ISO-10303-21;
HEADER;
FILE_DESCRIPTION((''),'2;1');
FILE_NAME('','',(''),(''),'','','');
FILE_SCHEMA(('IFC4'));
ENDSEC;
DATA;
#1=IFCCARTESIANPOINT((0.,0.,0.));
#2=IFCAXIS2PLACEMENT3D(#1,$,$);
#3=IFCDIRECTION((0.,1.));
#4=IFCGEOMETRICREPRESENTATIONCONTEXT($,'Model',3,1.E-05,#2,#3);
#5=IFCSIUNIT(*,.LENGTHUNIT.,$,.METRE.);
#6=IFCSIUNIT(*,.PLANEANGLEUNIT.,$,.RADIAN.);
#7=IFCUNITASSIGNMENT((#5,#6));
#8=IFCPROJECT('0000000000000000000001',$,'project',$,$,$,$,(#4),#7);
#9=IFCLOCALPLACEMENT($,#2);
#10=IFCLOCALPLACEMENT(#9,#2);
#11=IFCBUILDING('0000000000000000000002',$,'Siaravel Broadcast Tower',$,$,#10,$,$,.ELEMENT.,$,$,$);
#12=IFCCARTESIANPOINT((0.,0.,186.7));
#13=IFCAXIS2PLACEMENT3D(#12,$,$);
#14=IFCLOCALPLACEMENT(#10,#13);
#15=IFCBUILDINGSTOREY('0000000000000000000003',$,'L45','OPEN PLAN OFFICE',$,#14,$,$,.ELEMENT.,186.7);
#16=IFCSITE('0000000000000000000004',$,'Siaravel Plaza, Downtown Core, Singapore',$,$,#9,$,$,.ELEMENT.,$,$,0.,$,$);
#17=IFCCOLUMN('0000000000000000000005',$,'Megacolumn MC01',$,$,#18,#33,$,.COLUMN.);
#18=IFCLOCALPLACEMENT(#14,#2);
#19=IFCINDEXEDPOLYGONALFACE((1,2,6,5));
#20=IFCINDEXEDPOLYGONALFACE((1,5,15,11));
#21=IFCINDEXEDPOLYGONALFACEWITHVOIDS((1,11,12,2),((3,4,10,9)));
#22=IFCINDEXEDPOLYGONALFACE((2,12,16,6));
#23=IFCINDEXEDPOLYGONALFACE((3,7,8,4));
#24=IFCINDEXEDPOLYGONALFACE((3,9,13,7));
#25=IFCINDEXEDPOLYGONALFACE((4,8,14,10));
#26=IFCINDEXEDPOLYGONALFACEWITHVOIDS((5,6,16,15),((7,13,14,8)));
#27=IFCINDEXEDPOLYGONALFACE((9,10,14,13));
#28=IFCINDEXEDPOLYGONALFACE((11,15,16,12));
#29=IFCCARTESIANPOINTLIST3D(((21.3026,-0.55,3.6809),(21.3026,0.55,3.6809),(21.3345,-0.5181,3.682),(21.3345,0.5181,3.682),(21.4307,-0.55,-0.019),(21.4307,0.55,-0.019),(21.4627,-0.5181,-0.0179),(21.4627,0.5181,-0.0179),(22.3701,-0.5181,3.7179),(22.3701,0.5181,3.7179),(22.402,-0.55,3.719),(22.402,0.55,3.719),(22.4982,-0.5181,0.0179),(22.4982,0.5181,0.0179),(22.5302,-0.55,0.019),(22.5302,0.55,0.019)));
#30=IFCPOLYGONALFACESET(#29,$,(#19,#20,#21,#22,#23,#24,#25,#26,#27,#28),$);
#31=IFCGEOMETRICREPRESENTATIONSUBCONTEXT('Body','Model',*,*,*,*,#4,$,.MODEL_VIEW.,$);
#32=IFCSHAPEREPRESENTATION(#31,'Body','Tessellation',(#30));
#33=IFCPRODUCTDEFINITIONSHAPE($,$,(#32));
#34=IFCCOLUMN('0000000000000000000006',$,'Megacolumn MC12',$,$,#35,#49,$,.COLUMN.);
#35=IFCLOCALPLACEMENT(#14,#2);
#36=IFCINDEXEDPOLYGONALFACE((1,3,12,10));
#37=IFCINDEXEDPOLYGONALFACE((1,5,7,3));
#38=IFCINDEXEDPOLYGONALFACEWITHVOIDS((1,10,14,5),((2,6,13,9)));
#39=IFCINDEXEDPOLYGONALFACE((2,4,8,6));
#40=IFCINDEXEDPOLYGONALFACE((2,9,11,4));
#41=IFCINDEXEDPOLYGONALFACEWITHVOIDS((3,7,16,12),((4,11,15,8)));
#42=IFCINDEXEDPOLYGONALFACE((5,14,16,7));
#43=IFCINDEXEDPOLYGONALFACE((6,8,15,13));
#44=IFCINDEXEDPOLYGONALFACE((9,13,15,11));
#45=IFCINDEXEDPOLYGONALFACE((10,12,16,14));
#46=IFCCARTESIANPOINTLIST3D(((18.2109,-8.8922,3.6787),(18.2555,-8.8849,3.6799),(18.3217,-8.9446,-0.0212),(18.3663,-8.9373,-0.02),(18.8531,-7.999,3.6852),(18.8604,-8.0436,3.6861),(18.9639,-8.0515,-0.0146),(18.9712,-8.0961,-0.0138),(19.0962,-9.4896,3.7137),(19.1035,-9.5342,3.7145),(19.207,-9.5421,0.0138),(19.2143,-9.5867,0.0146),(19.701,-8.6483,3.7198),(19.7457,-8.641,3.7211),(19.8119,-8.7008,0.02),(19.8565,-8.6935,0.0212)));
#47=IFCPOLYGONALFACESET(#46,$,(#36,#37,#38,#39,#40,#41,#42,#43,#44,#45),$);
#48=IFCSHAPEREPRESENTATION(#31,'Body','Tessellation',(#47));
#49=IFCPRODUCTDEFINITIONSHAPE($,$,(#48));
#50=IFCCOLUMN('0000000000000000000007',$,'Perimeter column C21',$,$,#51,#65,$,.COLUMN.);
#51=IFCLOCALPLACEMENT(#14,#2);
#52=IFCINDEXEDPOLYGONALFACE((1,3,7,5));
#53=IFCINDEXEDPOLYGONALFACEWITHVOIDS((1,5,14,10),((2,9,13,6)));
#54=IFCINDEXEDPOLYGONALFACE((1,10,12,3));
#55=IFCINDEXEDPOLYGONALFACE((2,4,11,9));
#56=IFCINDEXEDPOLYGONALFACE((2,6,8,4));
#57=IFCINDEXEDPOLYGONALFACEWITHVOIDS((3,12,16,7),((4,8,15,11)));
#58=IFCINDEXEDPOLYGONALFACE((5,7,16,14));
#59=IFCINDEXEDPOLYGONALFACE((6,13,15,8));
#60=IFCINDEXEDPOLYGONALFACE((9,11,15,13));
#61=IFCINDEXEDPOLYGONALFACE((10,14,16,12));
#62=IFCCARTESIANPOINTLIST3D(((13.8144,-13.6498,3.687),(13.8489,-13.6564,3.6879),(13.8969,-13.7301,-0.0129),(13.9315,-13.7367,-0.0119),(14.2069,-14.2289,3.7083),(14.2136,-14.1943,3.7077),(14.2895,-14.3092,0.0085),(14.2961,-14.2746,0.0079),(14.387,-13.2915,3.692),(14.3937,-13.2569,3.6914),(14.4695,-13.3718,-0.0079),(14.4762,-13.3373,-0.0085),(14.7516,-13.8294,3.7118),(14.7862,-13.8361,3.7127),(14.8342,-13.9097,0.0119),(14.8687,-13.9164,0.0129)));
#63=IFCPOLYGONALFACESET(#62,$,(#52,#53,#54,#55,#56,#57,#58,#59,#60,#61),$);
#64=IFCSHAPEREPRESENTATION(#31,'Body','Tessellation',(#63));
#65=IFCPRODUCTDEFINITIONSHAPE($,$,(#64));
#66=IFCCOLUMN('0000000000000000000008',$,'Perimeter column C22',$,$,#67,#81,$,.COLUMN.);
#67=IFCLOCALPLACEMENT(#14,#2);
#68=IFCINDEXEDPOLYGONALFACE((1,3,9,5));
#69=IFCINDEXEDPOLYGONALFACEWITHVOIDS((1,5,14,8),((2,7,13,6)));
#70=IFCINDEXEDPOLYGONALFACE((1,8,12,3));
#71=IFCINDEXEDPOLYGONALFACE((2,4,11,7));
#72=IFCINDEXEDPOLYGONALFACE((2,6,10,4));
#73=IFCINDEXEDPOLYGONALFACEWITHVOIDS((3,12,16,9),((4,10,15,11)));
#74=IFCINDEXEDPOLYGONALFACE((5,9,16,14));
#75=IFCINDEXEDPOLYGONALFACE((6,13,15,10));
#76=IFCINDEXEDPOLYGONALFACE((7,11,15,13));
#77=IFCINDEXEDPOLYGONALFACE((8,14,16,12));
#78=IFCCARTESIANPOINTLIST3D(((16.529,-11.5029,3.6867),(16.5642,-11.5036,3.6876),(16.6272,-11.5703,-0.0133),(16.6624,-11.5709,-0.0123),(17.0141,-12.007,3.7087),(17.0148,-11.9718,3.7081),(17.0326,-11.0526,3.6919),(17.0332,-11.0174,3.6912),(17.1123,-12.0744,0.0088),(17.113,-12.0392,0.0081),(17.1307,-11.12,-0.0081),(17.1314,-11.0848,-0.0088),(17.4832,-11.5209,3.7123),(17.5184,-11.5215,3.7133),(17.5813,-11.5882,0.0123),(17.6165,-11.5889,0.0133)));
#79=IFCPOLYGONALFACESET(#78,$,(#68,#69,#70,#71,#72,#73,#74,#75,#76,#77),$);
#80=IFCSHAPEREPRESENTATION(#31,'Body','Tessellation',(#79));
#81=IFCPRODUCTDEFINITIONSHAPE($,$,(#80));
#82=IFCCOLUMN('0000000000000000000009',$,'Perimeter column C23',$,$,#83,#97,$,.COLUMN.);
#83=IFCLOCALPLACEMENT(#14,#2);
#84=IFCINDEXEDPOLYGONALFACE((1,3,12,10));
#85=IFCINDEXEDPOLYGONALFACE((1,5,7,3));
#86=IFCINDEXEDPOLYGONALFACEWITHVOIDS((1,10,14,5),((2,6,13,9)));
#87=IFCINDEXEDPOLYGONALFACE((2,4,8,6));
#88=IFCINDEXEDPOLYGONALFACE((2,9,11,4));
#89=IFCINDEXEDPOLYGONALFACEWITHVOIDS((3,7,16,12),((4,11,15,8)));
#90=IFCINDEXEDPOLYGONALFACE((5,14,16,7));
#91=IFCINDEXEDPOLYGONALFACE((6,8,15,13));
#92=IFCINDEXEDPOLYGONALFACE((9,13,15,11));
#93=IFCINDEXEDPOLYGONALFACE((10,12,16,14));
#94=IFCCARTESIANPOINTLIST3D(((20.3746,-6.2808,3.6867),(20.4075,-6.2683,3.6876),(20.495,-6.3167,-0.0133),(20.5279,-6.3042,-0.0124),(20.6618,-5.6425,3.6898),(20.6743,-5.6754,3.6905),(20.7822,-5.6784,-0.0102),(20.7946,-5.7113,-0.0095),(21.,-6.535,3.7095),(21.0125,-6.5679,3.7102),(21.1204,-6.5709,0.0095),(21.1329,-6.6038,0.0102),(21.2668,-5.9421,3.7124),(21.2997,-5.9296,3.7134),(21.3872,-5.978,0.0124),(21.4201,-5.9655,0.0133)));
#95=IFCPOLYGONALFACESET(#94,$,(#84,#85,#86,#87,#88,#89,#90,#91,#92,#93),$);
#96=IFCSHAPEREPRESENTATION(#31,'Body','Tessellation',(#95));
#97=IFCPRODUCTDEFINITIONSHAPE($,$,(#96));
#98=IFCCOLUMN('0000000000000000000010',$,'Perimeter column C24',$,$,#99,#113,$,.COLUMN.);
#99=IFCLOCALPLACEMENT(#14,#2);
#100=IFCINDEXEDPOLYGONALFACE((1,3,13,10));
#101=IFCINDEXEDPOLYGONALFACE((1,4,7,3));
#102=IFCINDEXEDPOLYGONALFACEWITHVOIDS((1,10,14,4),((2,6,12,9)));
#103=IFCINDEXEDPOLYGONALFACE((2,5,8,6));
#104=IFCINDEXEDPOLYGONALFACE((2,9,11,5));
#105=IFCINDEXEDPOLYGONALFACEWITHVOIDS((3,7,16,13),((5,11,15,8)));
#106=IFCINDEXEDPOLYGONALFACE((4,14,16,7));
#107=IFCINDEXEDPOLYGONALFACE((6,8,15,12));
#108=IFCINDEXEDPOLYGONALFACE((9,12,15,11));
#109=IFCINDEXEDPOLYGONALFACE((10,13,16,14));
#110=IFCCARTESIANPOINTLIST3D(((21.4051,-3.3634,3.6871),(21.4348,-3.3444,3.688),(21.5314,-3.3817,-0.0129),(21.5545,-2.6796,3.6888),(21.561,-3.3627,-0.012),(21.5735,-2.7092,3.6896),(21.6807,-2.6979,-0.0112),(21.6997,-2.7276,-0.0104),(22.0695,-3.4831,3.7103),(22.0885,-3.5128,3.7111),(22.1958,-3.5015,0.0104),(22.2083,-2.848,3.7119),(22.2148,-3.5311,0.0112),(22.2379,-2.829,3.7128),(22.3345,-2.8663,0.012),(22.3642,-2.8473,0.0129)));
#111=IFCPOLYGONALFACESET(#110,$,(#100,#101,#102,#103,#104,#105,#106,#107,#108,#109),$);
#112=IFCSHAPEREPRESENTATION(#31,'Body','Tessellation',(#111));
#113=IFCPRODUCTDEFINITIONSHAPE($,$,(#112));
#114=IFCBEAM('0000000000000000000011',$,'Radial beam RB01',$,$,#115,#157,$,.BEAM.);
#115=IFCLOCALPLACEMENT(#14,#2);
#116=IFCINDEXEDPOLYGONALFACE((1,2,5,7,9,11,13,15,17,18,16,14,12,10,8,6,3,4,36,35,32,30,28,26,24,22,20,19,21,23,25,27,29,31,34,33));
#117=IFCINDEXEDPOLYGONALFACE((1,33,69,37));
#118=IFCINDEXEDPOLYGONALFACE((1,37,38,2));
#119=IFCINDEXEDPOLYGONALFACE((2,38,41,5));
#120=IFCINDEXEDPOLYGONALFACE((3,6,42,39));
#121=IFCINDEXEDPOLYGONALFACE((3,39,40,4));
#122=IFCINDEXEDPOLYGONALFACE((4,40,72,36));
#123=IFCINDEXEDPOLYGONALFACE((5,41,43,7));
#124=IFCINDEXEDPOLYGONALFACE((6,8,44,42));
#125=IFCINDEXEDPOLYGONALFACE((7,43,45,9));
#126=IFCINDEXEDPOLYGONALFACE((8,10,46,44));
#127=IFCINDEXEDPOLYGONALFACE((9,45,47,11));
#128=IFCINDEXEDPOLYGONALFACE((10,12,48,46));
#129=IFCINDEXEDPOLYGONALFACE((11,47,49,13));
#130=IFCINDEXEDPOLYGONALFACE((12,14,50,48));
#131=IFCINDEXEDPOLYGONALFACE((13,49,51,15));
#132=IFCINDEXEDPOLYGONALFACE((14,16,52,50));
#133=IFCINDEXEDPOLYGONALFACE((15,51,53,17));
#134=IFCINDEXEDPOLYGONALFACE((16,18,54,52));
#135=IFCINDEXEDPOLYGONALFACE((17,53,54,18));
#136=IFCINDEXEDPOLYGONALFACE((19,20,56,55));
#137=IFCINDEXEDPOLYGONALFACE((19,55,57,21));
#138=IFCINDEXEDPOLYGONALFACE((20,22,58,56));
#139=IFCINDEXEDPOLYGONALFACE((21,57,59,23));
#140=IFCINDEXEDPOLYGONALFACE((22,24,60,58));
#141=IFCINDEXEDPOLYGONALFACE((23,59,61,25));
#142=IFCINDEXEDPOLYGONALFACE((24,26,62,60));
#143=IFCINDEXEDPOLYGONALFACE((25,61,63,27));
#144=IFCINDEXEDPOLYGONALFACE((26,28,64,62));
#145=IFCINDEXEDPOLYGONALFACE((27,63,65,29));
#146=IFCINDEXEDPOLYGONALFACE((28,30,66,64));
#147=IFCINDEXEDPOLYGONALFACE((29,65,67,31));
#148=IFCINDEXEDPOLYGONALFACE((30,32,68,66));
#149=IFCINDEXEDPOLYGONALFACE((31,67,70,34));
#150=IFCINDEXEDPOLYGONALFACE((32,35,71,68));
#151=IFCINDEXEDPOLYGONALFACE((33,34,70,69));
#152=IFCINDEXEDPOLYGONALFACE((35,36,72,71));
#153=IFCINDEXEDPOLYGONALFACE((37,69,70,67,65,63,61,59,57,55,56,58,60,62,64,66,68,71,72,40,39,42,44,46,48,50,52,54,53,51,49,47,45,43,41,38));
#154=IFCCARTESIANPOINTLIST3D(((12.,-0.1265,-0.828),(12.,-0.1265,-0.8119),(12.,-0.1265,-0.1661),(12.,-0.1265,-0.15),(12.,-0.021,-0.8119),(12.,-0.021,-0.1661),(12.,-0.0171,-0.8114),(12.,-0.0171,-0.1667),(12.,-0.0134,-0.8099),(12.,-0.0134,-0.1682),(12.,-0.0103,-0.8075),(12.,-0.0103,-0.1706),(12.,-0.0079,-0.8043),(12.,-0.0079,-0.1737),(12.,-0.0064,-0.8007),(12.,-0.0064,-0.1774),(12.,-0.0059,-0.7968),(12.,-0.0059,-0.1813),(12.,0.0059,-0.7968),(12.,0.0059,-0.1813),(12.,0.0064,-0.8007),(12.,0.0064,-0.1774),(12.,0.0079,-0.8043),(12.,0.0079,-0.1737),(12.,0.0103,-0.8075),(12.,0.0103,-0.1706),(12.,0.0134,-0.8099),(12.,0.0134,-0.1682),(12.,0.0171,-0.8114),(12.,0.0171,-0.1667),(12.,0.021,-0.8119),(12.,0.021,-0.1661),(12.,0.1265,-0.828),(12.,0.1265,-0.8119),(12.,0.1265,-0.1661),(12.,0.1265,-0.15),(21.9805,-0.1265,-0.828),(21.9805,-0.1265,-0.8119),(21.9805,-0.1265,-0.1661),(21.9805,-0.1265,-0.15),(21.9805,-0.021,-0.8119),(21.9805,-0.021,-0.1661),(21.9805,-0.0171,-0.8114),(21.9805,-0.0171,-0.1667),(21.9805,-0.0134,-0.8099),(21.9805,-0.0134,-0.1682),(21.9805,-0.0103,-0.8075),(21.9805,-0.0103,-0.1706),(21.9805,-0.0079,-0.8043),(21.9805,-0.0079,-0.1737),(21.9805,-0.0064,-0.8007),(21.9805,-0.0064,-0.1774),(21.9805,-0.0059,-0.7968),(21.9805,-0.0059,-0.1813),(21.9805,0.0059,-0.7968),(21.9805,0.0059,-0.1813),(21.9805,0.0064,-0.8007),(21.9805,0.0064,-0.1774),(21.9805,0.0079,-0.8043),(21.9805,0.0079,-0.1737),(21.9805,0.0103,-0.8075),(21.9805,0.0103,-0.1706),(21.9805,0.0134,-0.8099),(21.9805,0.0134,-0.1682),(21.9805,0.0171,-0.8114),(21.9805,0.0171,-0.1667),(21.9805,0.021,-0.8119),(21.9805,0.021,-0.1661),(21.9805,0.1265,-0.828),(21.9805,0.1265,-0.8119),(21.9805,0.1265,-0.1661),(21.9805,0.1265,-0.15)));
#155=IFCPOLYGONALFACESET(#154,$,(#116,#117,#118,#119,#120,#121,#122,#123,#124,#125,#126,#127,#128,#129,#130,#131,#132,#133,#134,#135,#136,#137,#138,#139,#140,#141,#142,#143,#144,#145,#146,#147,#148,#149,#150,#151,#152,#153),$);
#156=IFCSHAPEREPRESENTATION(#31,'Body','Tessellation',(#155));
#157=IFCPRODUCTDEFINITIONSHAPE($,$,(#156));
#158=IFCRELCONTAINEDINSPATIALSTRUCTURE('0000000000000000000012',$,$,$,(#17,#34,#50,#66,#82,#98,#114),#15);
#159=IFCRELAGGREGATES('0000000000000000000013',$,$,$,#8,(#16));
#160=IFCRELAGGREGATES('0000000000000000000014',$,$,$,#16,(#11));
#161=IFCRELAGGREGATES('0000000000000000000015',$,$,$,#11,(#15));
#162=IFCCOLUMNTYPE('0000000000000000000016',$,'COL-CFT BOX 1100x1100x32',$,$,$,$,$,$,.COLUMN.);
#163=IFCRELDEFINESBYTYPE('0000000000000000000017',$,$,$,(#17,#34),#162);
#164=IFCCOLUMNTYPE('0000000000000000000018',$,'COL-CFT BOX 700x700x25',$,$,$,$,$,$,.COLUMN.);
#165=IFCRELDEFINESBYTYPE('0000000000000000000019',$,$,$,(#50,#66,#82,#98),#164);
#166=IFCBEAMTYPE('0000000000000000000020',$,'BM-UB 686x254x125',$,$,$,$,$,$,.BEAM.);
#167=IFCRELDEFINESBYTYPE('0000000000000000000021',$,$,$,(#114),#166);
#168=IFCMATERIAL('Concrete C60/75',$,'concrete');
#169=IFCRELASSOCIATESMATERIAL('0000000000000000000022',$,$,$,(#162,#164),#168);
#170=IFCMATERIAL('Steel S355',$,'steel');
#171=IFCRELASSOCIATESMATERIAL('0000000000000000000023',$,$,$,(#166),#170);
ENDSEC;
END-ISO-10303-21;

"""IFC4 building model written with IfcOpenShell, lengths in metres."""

from ifc_helpers import new_model, si_unit, direction, frame, origin, origin_2d, place, context, subcontext, project, spatial, hollow_rectangle, i_section, extrude, material, material_profile, profile_set, type_object, element, save


model = new_model("IFC4")

# Units and contexts
model_context = context("Model", 3, precision=1e-05, world=origin(), true_north=direction((0.0, 1.0)))
body_context = subcontext(model_context, "Body", "Model", "MODEL_VIEW")
ifc_project = project(units=[si_unit("LENGTHUNIT", "METRE"), si_unit("PLANEANGLEUNIT", "RADIAN")], contexts=[model_context])

# Site, building, storey
site_placement = place(None, origin())
site = spatial("IfcSite", under=ifc_project, at=site_placement, Name="Siaravel Plaza, Downtown Core, Singapore", CompositionType="ELEMENT", RefElevation=0.0)
building_placement = place(site_placement, origin())
building = spatial("IfcBuilding", under=site, at=building_placement, Name="Siaravel Broadcast Tower", CompositionType="ELEMENT")
storey_placement = place(building_placement, frame((0.0, 0.0, 186.7)))
storey = spatial("IfcBuildingStorey", under=building, at=storey_placement, Name="L45", Description="OPEN PLAN OFFICE", CompositionType="ELEMENT", Elevation=186.7)

# Columns
ifc_material_1 = material(Name="Concrete C60/75", Category="concrete")
ifc_material_profile_1 = material_profile(ifc_material_1, hollow_rectangle(XDim=1.1001, YDim=1.1001, WallThickness=0.032, at=origin_2d()))
ifc_profile_set_1 = profile_set([ifc_material_profile_1], Name="Concrete C60/75")
column_type_1 = type_object("IfcColumnType", Name="COL-CFT BOX 1100x1100x32", PredefinedType="COLUMN", material=ifc_profile_set_1)
column_1_placement = place(storey_placement, frame((21.9805, 0.0, 0.0), z_axis=(-0.034621, 0.0, 0.999401), x_axis=(0.0, -1.0, 0.0)))
element("IfcColumn", 1, at=column_1_placement, inside=storey, type_object=column_type_1, Name="Megacolumn MC01", PredefinedType="COLUMN", context=body_context, shape_type="SweptSolid", body=[
    extrude(hollow_rectangle(XDim=1.1001, YDim=1.1001, WallThickness=0.032, at=origin_2d()), origin(), (0.0, 0.0, 1.0), 3.7021),
])
column_2_placement = place(storey_placement, frame((19.0891, -8.8191, 0.0), z_axis=(-0.029941, 0.014179, 0.999451), x_axis=(-0.583774, -0.811894, -0.00597)))
element("IfcColumn", 2, at=column_2_placement, inside=storey, type_object=column_type_1, Name="Megacolumn MC12", PredefinedType="COLUMN", context=body_context, shape_type="SweptSolid", body=[
    extrude(hollow_rectangle(XDim=1.1001, YDim=1.1001, WallThickness=0.032, at=origin_2d()), origin(), (0.0, 0.0, 1.0), 3.7019),
])
ifc_material_profile_2 = material_profile(ifc_material_1, hollow_rectangle(XDim=0.7, YDim=0.7, WallThickness=0.0249, at=origin_2d()))
ifc_profile_set_2 = profile_set([ifc_material_profile_2], Name="Concrete C60/75")
column_type_2 = type_object("IfcColumnType", Name="COL-CFT BOX 700x700x25", PredefinedType="COLUMN", material=ifc_profile_set_2)
column_3_placement = place(storey_placement, frame((14.3828, -13.8232, 0.0), z_axis=(-0.022292, 0.021698, 0.999516), x_axis=(-0.827618, -0.561257, -0.006274)))
element("IfcColumn", 3, at=column_3_placement, inside=storey, type_object=column_type_2, Name="Perimeter column C21", PredefinedType="COLUMN", context=body_context, shape_type="SweptSolid", body=[
    extrude(hollow_rectangle(XDim=0.7, YDim=0.7, WallThickness=0.0249, at=origin_2d()), origin(), (0.0, 0.0, 1.0), 3.7017),
])
column_4_placement = place(storey_placement, frame((17.1218, -11.5796, 0.0), z_axis=(-0.026512, 0.018202, 0.999483), x_axis=(-0.720371, -0.693559, -0.006478)))
element("IfcColumn", 4, at=column_4_placement, inside=storey, type_object=column_type_2, Name="Perimeter column C22", PredefinedType="COLUMN", context=body_context, shape_type="SweptSolid", body=[
    extrude(hollow_rectangle(XDim=0.7, YDim=0.7, WallThickness=0.0249, at=origin_2d()), origin(), (0.0, 0.0, 1.0), 3.7019),
])
for number, where, z_axis, x_axis, name in (
    (5, (20.9575, -6.1411, 0.0), (-0.032512, 0.009694, 0.999424), (-0.410315, -0.911933, -0.004502), "Perimeter column C23"),
    (6, (21.9478, -3.1145, 0.0), (-0.034094, 0.004946, 0.999406), (-0.213435, -0.976954, -0.002446), "Perimeter column C24"),
):
    element("IfcColumn", number, at=place(storey_placement, frame(where, z_axis=z_axis, x_axis=x_axis)), inside=storey, type_object=column_type_2, Name=name, PredefinedType="COLUMN", context=body_context, shape_type="SweptSolid", body=[
        extrude(hollow_rectangle(XDim=0.7, YDim=0.7, WallThickness=0.0249, at=origin_2d()), origin(), (0.0, 0.0, 1.0), 3.7021),
    ])

# Beam
ifc_material_2 = material(Name="Steel S355", Category="steel")
ifc_material_profile_3 = material_profile(ifc_material_2, i_section(OverallWidth=0.2529, OverallDepth=0.678, WebThickness=0.0117, FlangeThickness=0.0161, FilletRadius=0.0151, at=origin_2d()))
ifc_profile_set_3 = profile_set([ifc_material_profile_3], Name="Steel S355")
beam_type = type_object("IfcBeamType", Name="BM-UB 686x254x125", PredefinedType="BEAM", material=ifc_profile_set_3)
beam_1_placement = place(storey_placement, frame((21.9805, 0.0, -0.489), z_axis=(-1.0, 0.0, 0.0), x_axis=(0.0, -1.0, 0.0)))
element("IfcBeam", 7, at=beam_1_placement, inside=storey, type_object=beam_type, Name="Radial beam RB01", PredefinedType="BEAM", context=body_context, shape_type="SweptSolid", body=[
    extrude(i_section(OverallWidth=0.2529, OverallDepth=0.678, WebThickness=0.0117, FlangeThickness=0.0161, FilletRadius=0.0151, at=origin_2d()), origin(), (0.0, 0.0, 1.0), 9.9805),
])

save(model, "model.ifc")
